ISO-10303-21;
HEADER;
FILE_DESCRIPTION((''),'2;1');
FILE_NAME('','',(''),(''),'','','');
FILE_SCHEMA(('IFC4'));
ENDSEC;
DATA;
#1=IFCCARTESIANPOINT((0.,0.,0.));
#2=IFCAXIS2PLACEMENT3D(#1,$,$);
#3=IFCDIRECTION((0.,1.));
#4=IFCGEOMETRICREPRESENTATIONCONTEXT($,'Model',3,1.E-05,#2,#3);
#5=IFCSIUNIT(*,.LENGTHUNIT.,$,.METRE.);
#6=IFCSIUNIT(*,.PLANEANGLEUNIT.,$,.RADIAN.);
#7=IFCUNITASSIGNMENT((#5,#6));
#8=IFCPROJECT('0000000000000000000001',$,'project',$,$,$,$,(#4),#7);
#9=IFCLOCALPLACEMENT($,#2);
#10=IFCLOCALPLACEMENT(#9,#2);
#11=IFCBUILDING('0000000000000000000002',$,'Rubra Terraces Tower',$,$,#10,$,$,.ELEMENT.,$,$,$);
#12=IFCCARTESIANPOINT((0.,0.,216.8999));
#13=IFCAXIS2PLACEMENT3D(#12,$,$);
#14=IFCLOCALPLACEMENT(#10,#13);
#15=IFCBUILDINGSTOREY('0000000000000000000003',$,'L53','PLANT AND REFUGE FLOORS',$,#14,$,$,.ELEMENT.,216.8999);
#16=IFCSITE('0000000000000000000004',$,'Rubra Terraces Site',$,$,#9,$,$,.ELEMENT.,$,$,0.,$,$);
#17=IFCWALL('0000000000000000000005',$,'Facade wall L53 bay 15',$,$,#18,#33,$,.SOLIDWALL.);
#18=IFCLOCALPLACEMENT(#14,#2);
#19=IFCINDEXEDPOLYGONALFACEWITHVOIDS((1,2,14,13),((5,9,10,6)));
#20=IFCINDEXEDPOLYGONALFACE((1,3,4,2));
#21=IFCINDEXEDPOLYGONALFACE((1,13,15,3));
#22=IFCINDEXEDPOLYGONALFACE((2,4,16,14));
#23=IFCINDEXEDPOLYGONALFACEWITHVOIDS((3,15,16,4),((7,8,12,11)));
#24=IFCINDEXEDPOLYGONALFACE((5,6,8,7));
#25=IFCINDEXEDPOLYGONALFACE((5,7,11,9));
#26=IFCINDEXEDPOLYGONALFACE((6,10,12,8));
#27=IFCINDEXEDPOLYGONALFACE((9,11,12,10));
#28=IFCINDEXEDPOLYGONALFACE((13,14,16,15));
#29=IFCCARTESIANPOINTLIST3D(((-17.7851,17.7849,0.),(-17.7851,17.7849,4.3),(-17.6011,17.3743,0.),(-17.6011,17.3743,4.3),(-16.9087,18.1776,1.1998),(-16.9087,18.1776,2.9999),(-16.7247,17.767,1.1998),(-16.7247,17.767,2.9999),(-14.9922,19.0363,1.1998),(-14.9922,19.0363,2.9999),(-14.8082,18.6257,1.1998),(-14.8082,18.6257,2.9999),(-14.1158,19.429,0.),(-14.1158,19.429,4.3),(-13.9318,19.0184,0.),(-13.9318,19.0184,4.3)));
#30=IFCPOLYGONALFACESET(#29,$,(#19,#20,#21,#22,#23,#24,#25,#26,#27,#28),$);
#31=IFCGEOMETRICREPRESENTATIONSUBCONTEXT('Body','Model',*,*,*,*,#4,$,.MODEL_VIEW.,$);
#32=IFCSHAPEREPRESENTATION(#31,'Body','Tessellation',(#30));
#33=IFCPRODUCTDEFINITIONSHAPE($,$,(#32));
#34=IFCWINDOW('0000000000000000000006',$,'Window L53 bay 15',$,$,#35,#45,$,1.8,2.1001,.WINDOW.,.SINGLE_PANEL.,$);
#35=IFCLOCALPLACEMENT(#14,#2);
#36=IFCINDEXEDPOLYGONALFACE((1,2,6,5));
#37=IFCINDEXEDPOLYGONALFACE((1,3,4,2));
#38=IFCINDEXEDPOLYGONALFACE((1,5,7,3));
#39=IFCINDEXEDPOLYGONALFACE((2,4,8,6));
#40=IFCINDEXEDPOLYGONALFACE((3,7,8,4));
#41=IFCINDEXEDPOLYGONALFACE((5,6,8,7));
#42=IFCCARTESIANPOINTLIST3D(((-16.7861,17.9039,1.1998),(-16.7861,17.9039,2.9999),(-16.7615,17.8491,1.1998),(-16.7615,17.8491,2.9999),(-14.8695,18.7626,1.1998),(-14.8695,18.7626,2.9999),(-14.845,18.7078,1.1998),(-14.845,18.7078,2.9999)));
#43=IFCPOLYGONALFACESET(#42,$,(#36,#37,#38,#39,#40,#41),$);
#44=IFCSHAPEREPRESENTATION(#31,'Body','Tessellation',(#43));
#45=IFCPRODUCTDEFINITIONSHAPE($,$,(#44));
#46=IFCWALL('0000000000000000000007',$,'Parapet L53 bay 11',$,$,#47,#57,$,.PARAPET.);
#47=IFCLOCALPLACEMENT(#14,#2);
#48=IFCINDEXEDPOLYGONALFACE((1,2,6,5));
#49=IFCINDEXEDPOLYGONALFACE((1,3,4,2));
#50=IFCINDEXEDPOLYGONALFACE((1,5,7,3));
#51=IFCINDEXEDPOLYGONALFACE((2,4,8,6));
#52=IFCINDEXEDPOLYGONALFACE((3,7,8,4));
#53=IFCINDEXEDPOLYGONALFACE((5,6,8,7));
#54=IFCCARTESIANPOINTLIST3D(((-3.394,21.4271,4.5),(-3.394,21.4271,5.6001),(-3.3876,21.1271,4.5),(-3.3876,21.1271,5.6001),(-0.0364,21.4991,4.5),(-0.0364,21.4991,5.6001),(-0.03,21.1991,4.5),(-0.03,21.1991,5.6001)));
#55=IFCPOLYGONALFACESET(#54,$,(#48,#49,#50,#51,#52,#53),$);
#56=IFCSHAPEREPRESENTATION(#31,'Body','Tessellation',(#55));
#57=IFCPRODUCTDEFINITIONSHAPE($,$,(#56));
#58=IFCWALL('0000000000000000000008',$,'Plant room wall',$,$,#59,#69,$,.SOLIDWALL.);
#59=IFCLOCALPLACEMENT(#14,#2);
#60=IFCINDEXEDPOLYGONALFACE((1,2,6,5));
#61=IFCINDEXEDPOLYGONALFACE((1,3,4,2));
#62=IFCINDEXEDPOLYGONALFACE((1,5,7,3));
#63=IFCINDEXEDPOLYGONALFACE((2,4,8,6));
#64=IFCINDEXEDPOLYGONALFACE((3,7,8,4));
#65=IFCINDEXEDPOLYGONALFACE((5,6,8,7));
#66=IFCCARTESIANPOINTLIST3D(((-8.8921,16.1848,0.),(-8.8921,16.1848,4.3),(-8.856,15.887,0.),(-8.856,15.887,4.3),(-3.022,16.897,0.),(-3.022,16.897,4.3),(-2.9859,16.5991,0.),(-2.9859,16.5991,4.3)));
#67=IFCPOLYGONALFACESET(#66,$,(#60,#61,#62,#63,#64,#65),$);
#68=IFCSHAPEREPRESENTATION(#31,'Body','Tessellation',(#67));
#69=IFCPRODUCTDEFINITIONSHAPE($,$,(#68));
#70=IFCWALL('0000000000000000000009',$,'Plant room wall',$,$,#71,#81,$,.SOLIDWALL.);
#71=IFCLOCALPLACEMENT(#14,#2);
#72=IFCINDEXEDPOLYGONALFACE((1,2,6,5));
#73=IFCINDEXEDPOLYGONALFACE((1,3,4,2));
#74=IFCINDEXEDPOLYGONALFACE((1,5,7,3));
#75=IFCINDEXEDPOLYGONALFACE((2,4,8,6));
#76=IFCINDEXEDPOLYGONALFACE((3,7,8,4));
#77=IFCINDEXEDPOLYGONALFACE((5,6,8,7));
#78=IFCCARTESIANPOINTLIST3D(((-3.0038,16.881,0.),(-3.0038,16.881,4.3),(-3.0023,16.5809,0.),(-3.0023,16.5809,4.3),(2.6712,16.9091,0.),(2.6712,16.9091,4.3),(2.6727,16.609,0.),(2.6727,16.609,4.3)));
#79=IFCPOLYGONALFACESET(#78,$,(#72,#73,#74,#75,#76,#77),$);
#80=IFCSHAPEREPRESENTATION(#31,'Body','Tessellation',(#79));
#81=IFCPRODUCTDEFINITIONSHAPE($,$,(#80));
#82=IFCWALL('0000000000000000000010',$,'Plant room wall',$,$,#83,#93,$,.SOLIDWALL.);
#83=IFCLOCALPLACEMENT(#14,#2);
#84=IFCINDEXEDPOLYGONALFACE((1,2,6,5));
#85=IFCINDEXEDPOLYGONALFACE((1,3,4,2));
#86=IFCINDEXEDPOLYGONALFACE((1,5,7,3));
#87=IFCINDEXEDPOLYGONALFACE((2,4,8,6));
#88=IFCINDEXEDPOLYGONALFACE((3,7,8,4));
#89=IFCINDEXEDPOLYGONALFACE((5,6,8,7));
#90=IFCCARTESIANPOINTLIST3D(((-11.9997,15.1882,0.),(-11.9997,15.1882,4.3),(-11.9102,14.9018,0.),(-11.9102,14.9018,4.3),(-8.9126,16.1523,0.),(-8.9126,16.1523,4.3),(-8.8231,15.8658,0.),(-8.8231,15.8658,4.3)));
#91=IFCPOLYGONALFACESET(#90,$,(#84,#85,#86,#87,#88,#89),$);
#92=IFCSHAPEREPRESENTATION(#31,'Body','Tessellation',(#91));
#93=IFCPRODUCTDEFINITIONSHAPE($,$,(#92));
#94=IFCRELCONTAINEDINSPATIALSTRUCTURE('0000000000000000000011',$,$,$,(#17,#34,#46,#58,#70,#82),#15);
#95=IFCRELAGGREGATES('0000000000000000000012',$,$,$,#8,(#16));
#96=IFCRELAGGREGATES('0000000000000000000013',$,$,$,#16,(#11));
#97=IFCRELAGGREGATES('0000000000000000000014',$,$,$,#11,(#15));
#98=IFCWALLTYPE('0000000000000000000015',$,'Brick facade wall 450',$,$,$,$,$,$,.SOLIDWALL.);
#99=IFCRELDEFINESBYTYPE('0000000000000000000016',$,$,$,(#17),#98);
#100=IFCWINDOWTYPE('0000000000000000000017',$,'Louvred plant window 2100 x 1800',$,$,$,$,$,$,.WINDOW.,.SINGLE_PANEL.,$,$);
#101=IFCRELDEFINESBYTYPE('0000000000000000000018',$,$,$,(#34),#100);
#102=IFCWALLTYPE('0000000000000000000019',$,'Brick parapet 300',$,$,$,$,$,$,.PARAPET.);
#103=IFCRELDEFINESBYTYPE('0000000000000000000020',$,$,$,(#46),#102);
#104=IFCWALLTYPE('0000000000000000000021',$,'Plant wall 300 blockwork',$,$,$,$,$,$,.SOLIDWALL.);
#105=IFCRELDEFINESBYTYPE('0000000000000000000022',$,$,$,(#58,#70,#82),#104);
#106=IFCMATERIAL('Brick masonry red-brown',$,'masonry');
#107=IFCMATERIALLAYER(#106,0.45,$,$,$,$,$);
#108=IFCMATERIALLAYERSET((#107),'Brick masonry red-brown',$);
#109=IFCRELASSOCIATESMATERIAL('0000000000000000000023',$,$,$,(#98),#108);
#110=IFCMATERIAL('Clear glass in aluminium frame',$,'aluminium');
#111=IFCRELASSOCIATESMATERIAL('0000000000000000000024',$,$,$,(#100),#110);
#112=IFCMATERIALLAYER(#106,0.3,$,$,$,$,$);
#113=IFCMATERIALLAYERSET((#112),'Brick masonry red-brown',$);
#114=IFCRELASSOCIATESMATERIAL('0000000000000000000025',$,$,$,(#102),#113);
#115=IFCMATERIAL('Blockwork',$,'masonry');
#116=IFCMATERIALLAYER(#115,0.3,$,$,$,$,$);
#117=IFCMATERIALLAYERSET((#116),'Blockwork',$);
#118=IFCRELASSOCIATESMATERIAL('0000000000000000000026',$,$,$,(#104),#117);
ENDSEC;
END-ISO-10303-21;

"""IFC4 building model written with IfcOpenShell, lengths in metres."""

from ifc_helpers import new_model, si_unit, direction, frame, frame_2d, origin, place, context, subcontext, project, spatial, rectangle, extrude, material, layer, layer_set, type_object, element, fill, save


model = new_model("IFC4")

# Units and contexts
model_context = context("Model", 3, precision=1e-05, world=origin(), true_north=direction((0.0, 1.0)))
body_context = subcontext(model_context, "Body", "Model", "MODEL_VIEW")
ifc_project = project(units=[si_unit("LENGTHUNIT", "METRE"), si_unit("PLANEANGLEUNIT", "RADIAN")], contexts=[model_context])

# Site, building, storey
site_placement = place(None, origin())
site = spatial("IfcSite", under=ifc_project, at=site_placement, Name="Rubra Terraces Site", CompositionType="ELEMENT", RefElevation=0.0)
building_placement = place(site_placement, origin())
building = spatial("IfcBuilding", under=site, at=building_placement, Name="Rubra Terraces Tower", CompositionType="ELEMENT")
storey_placement = place(building_placement, frame((0.0, 0.0, 216.8999)))
storey = spatial("IfcBuildingStorey", under=building, at=storey_placement, Name="L53", Description="PLANT AND REFUGE FLOORS", CompositionType="ELEMENT", Elevation=216.8999)

# Wall, opening, window
ifc_material_1 = material(Name="Brick masonry red-brown", Category="masonry")
ifc_layer_1 = layer(ifc_material_1, 0.45)
ifc_layer_set_1 = layer_set([ifc_layer_1], Name="Brick masonry red-brown")
wall_type_1 = type_object("IfcWallType", Name="Brick facade wall 450", PredefinedType="SOLIDWALL", material=ifc_layer_set_1)
ifc_material_2 = material(Name="Clear glass in aluminium frame", Category="aluminium")
window_type = type_object("IfcWindowType", Name="Louvred plant window 2100 x 1800", PartitioningType="SINGLE_PANEL", PredefinedType="WINDOW", material=ifc_material_2)
wall_1_placement = place(storey_placement, frame((-14.0239, 19.2236, 0.0), z_axis=(0.0, 0.0, 1.0), x_axis=(-0.91258, -0.408897, 0.0)))
wall_1 = element("IfcWall", 1, at=wall_1_placement, inside=storey, type_object=wall_type_1, Name="Facade wall L53 bay 15", PredefinedType="SOLIDWALL", context=body_context, shape_type="SweptSolid", body=[
    extrude(rectangle(XDim=4.0208, YDim=0.45, at=frame_2d((2.0103, 0.0))), origin(), (0.0, 0.0, 1.0), 4.3),
])
opening_1_placement = place(wall_1_placement, frame((0.9602, 0.0, 1.2)))
opening_1 = element("IfcOpeningElement", 2, at=opening_1_placement, cuts=wall_1, PredefinedType="OPENING", context=body_context, shape_type="SweptSolid", body=[
    extrude(rectangle(XDim=2.1001, YDim=1.8, at=frame_2d((1.05, 0.8999))), frame((0.0, 0.2349, 0.0), z_axis=(0.0, -1.0, 0.0), x_axis=(1.0, 0.0, 0.0)), (0.0, 0.0, 1.0), 0.47),
])
window_1_placement = place(opening_1_placement, origin())
window_1 = element("IfcWindow", 3, at=window_1_placement, inside=storey, type_object=window_type, Name="Window L53 bay 15", OverallHeight=1.8, OverallWidth=2.1001, PartitioningType="SINGLE_PANEL", PredefinedType="WINDOW", context=body_context, shape_type="SweptSolid", body=[
    extrude(rectangle(XDim=2.1001, YDim=1.8, at=frame_2d((1.05, 0.8999))), frame((0.0, 0.135, 0.0), z_axis=(0.0, -1.0, 0.0), x_axis=(1.0, 0.0, 0.0)), (0.0, 0.0, 1.0), 0.0601),
])
fill(opening_1, window_1)

# Walls
ifc_layer_2 = layer(ifc_material_1, 0.3)
ifc_layer_set_2 = layer_set([ifc_layer_2], Name="Brick masonry red-brown")
wall_type_2 = type_object("IfcWallType", Name="Brick parapet 300", PredefinedType="PARAPET", material=ifc_layer_set_2)
wall_2_placement = place(storey_placement, frame((-0.0332, 21.3491, 4.5), z_axis=(0.0, 0.0, 1.0), x_axis=(-0.99977, -0.021445, 0.0)))
element("IfcWall", 4, at=wall_2_placement, inside=storey, type_object=wall_type_2, Name="Parapet L53 bay 11", PredefinedType="PARAPET", context=body_context, shape_type="SweptSolid", body=[
    extrude(rectangle(XDim=3.3584, YDim=0.3, at=frame_2d((1.6792, 0.0))), origin(), (0.0, 0.0, 1.0), 1.1001),
])
ifc_material_3 = material(Name="Blockwork", Category="masonry")
ifc_layer_3 = layer(ifc_material_3, 0.3)
ifc_layer_set_3 = layer_set([ifc_layer_3], Name="Blockwork")
wall_type_3 = type_object("IfcWallType", Name="Plant wall 300 blockwork", PredefinedType="SOLIDWALL", material=ifc_layer_set_3)
wall_3_placement = place(storey_placement, frame((-8.874, 16.0359, 0.0), z_axis=(0.0, 0.0, 1.0), x_axis=(0.992721, 0.120436, 0.0)))
element("IfcWall", 5, at=wall_3_placement, inside=storey, type_object=wall_type_3, Name="Plant room wall", PredefinedType="SOLIDWALL", context=body_context, shape_type="SweptSolid", body=[
    extrude(rectangle(XDim=5.9131, YDim=0.3, at=frame_2d((2.9565, 0.0))), origin(), (0.0, 0.0, 1.0), 4.3),
])
wall_4_placement = place(storey_placement, frame((-3.0029, 16.731, 0.0), z_axis=(0.0, 0.0, 1.0), x_axis=(0.999988, 0.004947, 0.0)))
element("IfcWall", 6, at=wall_4_placement, inside=storey, type_object=wall_type_3, Name="Plant room wall", PredefinedType="SOLIDWALL", context=body_context, shape_type="SweptSolid", body=[
    extrude(rectangle(XDim=5.675, YDim=0.3, at=frame_2d((2.8374, 0.0))), origin(), (0.0, 0.0, 1.0), 4.3),
])
wall_5_placement = place(storey_placement, frame((-11.9551, 15.0449, 0.0), z_axis=(0.0, 0.0, 1.0), x_axis=(0.954535, 0.298099, 0.0)))
element("IfcWall", 7, at=wall_5_placement, inside=storey, type_object=wall_type_3, Name="Plant room wall", PredefinedType="SOLIDWALL", context=body_context, shape_type="SweptSolid", body=[
    extrude(rectangle(XDim=3.2341, YDim=0.3, at=frame_2d((1.6172, 0.0))), origin(), (0.0, 0.0, 1.0), 4.3),
])

save(model, "model.ifc")
